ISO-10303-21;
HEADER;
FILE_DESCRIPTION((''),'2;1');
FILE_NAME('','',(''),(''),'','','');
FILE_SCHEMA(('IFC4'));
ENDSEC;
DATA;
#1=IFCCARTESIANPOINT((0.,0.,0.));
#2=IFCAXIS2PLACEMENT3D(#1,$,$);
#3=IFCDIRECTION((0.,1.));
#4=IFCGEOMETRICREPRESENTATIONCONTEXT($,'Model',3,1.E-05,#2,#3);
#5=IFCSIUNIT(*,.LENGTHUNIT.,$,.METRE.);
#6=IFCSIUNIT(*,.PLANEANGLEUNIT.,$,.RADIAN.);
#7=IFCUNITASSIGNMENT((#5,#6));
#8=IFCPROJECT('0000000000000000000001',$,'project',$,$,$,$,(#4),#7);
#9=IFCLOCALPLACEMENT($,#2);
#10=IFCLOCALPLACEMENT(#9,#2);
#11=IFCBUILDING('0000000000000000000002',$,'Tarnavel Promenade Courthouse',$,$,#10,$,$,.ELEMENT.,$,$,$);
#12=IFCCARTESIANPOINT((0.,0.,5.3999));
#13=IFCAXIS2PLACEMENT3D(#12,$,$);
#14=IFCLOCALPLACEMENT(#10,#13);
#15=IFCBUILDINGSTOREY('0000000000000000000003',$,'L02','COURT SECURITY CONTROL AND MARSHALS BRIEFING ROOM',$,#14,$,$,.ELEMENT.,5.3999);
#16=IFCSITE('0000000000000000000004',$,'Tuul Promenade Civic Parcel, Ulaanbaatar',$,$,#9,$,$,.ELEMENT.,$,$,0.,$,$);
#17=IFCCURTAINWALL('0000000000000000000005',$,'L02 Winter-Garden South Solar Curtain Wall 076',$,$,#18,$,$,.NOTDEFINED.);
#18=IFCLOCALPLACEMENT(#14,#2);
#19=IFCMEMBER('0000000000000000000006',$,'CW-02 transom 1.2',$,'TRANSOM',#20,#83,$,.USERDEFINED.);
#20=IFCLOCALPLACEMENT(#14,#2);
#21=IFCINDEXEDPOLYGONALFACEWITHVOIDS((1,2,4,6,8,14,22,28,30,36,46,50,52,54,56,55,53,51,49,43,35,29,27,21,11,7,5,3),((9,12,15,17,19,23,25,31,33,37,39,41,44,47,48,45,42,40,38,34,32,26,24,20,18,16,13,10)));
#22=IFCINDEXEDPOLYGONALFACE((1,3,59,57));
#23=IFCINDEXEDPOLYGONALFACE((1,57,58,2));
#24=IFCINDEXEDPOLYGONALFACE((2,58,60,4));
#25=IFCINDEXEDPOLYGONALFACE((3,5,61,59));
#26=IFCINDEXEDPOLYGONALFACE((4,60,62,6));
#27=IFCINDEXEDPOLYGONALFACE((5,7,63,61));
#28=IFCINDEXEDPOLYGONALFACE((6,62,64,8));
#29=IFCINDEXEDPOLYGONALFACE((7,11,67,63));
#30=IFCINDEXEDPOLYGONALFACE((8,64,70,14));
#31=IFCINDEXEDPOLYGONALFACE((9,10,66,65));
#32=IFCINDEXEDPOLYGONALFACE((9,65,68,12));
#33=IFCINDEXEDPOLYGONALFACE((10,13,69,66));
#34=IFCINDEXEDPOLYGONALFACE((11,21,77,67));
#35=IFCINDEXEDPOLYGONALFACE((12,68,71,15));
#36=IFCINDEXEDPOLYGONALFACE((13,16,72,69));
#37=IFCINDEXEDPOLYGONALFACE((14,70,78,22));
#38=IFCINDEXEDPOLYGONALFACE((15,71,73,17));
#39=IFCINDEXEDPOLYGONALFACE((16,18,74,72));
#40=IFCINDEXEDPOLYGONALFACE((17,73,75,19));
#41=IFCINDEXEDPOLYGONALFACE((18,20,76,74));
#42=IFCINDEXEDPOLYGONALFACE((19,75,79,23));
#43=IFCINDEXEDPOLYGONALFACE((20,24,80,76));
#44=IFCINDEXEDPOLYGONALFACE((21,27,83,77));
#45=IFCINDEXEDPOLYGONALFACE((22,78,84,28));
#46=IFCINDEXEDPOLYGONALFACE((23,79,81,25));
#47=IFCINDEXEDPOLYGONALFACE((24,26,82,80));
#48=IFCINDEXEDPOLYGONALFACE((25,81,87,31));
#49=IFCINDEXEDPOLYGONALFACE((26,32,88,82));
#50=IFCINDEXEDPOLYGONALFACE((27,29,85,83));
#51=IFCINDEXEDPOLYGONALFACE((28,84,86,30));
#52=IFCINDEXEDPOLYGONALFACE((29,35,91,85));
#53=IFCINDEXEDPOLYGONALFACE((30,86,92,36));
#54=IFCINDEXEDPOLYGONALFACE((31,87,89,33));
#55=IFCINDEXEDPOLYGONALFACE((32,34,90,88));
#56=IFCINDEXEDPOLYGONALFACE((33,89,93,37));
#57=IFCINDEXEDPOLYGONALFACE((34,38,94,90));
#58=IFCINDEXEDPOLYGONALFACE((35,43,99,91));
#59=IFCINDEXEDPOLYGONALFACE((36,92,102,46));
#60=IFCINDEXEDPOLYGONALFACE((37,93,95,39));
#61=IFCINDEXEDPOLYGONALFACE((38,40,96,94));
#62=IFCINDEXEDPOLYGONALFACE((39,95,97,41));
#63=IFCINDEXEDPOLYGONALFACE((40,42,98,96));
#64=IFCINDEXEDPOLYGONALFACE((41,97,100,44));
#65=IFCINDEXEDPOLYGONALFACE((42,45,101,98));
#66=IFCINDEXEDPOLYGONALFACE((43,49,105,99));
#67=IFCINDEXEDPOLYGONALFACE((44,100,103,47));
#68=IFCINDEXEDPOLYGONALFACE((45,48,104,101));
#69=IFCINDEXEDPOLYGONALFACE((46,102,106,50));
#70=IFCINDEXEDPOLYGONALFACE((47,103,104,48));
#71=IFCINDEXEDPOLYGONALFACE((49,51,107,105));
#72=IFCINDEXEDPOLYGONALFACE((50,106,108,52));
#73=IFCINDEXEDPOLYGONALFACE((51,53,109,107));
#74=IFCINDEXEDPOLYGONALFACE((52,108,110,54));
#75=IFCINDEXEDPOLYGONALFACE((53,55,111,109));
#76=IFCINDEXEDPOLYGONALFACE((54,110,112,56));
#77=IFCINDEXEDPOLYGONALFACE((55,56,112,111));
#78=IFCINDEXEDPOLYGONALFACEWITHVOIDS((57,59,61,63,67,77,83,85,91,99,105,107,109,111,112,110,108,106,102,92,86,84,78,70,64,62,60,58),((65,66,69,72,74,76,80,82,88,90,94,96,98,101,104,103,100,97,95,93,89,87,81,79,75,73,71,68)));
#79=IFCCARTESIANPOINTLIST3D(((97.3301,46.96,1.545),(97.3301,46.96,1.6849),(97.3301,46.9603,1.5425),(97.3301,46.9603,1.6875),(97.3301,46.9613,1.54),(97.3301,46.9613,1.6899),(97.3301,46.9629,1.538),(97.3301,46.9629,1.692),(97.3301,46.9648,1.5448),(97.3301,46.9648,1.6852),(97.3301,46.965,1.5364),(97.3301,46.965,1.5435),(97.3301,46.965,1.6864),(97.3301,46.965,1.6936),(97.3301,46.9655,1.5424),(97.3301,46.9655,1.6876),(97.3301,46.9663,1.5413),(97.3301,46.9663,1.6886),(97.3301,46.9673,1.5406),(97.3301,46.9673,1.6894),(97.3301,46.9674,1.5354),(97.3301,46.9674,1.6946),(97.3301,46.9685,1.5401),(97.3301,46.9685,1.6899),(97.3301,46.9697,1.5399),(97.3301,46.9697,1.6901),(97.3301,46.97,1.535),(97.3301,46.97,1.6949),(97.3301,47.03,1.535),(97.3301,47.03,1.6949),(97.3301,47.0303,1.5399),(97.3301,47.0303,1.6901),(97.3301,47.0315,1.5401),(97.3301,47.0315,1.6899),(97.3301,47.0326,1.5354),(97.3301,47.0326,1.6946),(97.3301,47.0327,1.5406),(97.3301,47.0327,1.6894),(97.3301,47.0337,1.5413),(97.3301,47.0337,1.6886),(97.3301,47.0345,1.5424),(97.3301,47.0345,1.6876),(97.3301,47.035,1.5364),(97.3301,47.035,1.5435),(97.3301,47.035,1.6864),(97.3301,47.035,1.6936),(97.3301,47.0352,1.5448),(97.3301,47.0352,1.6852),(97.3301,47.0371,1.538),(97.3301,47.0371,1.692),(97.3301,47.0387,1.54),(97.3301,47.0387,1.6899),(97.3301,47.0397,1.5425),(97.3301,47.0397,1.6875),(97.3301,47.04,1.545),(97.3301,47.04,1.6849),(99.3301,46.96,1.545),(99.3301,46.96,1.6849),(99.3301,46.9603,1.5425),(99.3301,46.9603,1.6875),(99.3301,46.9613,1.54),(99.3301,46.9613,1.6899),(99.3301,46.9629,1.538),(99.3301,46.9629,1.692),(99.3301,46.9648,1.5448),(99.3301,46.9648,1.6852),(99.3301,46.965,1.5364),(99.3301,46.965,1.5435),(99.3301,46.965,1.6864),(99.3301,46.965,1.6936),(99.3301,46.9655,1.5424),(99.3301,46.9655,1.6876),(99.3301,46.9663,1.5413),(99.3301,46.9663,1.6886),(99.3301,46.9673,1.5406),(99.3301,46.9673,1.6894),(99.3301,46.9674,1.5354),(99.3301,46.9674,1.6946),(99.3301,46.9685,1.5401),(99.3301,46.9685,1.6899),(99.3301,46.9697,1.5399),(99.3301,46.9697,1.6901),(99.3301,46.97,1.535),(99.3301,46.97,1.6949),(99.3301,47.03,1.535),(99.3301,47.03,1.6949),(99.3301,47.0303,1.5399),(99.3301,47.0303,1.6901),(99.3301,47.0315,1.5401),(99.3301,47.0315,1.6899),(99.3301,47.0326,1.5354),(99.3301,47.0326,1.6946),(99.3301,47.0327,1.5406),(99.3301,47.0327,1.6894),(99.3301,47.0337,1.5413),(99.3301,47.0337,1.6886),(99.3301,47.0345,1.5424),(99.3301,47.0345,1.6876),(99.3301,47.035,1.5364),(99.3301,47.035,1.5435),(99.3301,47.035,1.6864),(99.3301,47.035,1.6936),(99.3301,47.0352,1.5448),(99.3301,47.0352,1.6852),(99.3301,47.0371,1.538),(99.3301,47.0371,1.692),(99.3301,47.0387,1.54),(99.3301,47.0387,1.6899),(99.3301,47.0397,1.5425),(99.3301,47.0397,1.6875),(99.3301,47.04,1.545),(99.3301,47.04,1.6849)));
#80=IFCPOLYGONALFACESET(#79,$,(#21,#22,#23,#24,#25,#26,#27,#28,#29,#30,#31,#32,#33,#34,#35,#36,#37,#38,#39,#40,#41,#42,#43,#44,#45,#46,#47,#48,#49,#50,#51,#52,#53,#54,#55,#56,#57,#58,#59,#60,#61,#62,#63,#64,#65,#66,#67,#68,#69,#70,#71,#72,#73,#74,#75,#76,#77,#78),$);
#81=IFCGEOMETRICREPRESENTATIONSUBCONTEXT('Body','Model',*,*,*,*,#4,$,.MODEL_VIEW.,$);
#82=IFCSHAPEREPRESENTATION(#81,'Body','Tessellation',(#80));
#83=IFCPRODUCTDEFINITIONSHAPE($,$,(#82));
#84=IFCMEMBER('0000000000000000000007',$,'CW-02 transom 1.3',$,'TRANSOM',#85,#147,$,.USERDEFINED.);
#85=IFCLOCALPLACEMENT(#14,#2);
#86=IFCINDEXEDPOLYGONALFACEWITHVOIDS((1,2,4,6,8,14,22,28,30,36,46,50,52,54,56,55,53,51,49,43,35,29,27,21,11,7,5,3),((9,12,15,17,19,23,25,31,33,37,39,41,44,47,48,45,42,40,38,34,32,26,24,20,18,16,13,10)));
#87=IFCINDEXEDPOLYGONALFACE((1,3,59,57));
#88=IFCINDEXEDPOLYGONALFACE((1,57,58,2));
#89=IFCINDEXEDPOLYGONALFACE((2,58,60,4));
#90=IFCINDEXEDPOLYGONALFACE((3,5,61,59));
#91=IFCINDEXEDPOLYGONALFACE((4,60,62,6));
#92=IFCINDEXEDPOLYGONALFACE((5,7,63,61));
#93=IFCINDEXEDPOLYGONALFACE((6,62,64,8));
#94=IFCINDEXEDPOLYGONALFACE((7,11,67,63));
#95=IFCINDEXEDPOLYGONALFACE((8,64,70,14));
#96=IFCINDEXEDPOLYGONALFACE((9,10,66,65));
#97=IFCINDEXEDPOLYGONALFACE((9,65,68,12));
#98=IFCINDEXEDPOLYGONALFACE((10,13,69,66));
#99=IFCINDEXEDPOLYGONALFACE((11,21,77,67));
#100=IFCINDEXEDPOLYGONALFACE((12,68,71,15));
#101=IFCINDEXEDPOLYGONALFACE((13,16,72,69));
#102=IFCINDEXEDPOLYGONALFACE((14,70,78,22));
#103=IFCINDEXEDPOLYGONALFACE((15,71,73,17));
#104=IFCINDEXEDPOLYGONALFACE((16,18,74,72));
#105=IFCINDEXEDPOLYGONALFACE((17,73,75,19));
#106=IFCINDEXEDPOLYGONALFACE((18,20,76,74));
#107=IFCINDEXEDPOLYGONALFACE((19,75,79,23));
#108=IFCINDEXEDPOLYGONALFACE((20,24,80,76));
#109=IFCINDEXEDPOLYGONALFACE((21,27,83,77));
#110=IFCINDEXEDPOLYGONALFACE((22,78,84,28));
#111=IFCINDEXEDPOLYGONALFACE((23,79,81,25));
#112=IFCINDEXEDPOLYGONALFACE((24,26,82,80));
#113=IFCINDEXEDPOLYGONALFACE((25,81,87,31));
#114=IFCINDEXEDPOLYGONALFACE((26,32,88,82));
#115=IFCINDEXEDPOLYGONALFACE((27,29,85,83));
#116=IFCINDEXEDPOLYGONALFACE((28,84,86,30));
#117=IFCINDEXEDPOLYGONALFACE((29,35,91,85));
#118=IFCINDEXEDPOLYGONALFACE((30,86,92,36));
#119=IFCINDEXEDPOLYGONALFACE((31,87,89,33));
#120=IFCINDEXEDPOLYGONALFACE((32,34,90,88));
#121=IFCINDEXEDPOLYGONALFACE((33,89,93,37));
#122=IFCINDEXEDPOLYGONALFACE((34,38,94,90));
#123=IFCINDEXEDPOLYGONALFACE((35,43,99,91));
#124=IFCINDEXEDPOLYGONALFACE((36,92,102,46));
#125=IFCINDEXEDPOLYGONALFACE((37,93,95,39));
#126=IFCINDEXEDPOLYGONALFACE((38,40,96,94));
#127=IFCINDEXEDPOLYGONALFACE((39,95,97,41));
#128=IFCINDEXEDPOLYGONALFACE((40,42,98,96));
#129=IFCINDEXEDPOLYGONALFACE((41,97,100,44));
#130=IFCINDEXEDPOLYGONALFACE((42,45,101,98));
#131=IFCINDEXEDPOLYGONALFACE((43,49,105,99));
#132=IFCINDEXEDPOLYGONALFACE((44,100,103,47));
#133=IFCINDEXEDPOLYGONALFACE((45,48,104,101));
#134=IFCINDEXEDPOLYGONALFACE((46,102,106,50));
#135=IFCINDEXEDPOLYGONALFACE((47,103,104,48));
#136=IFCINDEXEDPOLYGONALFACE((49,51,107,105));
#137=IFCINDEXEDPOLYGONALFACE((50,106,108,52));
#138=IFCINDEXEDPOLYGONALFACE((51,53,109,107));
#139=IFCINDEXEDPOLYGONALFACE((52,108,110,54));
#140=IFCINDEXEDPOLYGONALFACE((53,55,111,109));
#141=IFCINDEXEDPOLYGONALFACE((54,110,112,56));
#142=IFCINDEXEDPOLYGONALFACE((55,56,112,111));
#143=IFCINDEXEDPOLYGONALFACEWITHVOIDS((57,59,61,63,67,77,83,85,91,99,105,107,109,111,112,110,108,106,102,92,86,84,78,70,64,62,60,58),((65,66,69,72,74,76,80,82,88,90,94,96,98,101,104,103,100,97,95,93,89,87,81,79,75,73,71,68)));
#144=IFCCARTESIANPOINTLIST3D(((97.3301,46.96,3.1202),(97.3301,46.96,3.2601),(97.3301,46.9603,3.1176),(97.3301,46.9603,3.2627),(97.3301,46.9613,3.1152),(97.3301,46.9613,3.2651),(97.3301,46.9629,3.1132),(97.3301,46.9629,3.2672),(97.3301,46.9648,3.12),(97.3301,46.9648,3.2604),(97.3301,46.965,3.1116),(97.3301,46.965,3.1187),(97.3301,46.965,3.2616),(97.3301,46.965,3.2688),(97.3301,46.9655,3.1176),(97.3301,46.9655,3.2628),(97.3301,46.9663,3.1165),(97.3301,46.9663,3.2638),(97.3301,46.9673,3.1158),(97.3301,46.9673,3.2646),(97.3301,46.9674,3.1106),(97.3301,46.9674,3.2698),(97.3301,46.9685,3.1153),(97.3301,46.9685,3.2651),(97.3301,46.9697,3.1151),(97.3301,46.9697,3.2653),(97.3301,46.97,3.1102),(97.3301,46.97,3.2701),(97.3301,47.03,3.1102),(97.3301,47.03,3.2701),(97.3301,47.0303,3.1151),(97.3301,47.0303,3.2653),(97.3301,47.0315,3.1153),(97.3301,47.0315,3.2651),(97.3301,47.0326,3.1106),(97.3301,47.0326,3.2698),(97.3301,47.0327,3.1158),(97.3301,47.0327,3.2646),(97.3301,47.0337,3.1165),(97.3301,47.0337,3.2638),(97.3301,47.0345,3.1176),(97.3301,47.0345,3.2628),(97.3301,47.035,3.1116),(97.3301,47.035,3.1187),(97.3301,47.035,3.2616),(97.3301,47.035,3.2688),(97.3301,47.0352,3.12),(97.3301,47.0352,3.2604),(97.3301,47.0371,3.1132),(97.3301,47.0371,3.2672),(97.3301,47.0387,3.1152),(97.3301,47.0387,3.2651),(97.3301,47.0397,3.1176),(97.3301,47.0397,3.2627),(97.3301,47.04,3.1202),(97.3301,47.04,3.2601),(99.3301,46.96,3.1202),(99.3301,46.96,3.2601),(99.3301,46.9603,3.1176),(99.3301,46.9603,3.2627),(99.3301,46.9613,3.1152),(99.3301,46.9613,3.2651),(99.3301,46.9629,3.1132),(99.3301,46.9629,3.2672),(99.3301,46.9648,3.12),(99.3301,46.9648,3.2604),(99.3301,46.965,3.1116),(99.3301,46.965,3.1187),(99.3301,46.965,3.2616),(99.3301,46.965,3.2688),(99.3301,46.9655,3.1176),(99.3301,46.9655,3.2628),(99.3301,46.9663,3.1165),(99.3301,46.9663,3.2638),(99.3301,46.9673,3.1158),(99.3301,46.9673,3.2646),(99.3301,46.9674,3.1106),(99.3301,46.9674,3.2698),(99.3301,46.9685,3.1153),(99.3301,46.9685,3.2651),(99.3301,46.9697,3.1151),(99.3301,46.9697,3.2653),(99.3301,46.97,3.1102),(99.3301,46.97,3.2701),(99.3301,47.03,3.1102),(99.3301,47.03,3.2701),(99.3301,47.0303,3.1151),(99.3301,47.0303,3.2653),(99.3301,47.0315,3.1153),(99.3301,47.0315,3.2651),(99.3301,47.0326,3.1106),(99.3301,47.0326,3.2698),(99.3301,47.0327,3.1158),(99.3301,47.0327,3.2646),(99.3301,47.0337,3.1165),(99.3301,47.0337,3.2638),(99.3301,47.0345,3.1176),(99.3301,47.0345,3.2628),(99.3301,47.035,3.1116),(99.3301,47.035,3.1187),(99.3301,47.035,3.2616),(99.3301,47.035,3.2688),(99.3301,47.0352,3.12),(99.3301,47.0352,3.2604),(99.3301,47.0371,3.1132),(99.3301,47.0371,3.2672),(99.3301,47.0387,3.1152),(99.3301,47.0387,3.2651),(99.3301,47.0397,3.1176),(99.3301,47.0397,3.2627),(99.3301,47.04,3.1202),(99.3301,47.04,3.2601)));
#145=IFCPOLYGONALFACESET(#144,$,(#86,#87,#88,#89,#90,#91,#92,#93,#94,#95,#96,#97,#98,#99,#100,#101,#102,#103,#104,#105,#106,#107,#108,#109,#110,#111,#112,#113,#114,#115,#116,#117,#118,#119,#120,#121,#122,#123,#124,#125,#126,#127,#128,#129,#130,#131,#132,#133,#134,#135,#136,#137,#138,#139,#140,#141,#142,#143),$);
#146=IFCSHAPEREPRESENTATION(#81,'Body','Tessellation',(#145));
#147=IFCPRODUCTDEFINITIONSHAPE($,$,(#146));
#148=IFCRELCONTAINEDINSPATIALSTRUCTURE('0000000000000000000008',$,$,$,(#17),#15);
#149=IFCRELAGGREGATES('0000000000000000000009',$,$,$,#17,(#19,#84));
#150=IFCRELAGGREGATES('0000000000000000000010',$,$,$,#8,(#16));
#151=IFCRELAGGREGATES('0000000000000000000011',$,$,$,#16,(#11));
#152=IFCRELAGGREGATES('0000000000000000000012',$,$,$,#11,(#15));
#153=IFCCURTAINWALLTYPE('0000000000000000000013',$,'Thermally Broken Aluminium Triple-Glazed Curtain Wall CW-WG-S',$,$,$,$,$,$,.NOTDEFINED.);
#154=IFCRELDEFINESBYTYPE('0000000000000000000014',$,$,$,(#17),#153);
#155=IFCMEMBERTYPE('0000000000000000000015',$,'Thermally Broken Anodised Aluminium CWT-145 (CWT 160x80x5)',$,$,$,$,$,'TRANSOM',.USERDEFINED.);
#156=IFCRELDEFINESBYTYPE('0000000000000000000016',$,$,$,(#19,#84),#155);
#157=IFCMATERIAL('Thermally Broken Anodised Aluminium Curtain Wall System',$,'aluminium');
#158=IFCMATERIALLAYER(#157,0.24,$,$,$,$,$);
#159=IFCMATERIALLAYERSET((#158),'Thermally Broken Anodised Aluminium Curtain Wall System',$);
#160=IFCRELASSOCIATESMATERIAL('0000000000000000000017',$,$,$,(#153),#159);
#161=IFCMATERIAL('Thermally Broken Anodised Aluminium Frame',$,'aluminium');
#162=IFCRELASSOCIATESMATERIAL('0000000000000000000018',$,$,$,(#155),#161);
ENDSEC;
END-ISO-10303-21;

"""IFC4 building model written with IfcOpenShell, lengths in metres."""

from ifc_helpers import new_model, si_unit, direction, frame, origin, origin_2d, place, context, subcontext, project, spatial, hollow_rectangle, extrude, material, layer, layer_set, material_profile, profile_set, type_object, element, aggregate, save


model = new_model("IFC4")

# Units and contexts
model_context = context("Model", 3, precision=1e-05, world=origin(), true_north=direction((0.0, 1.0)))
body_context = subcontext(model_context, "Body", "Model", "MODEL_VIEW")
ifc_project = project(units=[si_unit("LENGTHUNIT", "METRE"), si_unit("PLANEANGLEUNIT", "RADIAN")], contexts=[model_context])

# Site, building, storey
site_placement = place(None, origin())
site = spatial("IfcSite", under=ifc_project, at=site_placement, Name="Tuul Promenade Civic Parcel, Ulaanbaatar", CompositionType="ELEMENT", RefElevation=0.0)
building_placement = place(site_placement, origin())
building = spatial("IfcBuilding", under=site, at=building_placement, Name="Tarnavel Promenade Courthouse", CompositionType="ELEMENT")
storey_placement = place(building_placement, frame((0.0, 0.0, 5.3999)))
storey = spatial("IfcBuildingStorey", under=building, at=storey_placement, Name="L02", Description="COURT SECURITY CONTROL AND MARSHALS BRIEFING ROOM", CompositionType="ELEMENT", Elevation=5.3999)

# Shared definitions
ifc_material_1 = material(Name="Thermally Broken Anodised Aluminium Curtain Wall System", Category="aluminium")
ifc_layer_1 = layer(ifc_material_1, 0.24)
ifc_layer_set_1 = layer_set([ifc_layer_1], Name="Thermally Broken Anodised Aluminium Curtain Wall System")
curtain_wall_type = type_object("IfcCurtainWallType", Name="Thermally Broken Aluminium Triple-Glazed Curtain Wall CW-WG-S", PredefinedType="NOTDEFINED", material=ifc_layer_set_1)
ifc_material_2 = material(Name="Thermally Broken Anodised Aluminium Frame", Category="aluminium")

# Curtain wall
curtain_wall_1_placement = place(storey_placement, origin())
curtain_wall_1 = element("IfcCurtainWall", 1, at=curtain_wall_1_placement, inside=storey, type_object=curtain_wall_type, Name="L02 Winter-Garden South Solar Curtain Wall 076", PredefinedType="NOTDEFINED")

# Members
ifc_material_profile_1 = material_profile(ifc_material_2, hollow_rectangle(XDim=0.0801, YDim=0.1599, WallThickness=0.0049, InnerFilletRadius=0.0049, OuterFilletRadius=0.01, at=origin_2d()), Name="CWT 160x80x5")
ifc_profile_set_1 = profile_set([ifc_material_profile_1], Name="Thermally Broken Anodised Aluminium Frame")
member_type_1 = type_object("IfcMemberType", Name="Thermally Broken Anodised Aluminium CWT-145 (CWT 160x80x5)", ElementType="TRANSOM", PredefinedType="USERDEFINED", material=ifc_profile_set_1)
member_1_placement = place(storey_placement, frame((97.3301, 47.0, 1.615), z_axis=(1.0, 0.0, 0.0), x_axis=(0.0, 1.0, 0.0)))
member_1 = element("IfcMember", 2, at=member_1_placement, type_object=member_type_1, Name="CW-02 transom 1.2", ObjectType="TRANSOM", PredefinedType="USERDEFINED", context=body_context, shape_type="SweptSolid", body=[
    extrude(hollow_rectangle(XDim=0.0801, YDim=0.1599, WallThickness=0.0049, InnerFilletRadius=0.0049, OuterFilletRadius=0.01, at=origin_2d()), origin(), (0.0, 0.0, 1.0), 2.0),
])
member_2_placement = place(storey_placement, frame((97.3301, 47.0, 3.1902), z_axis=(1.0, 0.0, 0.0), x_axis=(0.0, 1.0, 0.0)))
member_2 = element("IfcMember", 3, at=member_2_placement, type_object=member_type_1, Name="CW-02 transom 1.3", ObjectType="TRANSOM", PredefinedType="USERDEFINED", context=body_context, shape_type="SweptSolid", body=[
    extrude(hollow_rectangle(XDim=0.0801, YDim=0.1599, WallThickness=0.0049, InnerFilletRadius=0.0049, OuterFilletRadius=0.01, at=origin_2d()), origin(), (0.0, 0.0, 1.0), 2.0),
])

aggregate(curtain_wall_1, [member_1, member_2])

save(model, "model.ifc")
